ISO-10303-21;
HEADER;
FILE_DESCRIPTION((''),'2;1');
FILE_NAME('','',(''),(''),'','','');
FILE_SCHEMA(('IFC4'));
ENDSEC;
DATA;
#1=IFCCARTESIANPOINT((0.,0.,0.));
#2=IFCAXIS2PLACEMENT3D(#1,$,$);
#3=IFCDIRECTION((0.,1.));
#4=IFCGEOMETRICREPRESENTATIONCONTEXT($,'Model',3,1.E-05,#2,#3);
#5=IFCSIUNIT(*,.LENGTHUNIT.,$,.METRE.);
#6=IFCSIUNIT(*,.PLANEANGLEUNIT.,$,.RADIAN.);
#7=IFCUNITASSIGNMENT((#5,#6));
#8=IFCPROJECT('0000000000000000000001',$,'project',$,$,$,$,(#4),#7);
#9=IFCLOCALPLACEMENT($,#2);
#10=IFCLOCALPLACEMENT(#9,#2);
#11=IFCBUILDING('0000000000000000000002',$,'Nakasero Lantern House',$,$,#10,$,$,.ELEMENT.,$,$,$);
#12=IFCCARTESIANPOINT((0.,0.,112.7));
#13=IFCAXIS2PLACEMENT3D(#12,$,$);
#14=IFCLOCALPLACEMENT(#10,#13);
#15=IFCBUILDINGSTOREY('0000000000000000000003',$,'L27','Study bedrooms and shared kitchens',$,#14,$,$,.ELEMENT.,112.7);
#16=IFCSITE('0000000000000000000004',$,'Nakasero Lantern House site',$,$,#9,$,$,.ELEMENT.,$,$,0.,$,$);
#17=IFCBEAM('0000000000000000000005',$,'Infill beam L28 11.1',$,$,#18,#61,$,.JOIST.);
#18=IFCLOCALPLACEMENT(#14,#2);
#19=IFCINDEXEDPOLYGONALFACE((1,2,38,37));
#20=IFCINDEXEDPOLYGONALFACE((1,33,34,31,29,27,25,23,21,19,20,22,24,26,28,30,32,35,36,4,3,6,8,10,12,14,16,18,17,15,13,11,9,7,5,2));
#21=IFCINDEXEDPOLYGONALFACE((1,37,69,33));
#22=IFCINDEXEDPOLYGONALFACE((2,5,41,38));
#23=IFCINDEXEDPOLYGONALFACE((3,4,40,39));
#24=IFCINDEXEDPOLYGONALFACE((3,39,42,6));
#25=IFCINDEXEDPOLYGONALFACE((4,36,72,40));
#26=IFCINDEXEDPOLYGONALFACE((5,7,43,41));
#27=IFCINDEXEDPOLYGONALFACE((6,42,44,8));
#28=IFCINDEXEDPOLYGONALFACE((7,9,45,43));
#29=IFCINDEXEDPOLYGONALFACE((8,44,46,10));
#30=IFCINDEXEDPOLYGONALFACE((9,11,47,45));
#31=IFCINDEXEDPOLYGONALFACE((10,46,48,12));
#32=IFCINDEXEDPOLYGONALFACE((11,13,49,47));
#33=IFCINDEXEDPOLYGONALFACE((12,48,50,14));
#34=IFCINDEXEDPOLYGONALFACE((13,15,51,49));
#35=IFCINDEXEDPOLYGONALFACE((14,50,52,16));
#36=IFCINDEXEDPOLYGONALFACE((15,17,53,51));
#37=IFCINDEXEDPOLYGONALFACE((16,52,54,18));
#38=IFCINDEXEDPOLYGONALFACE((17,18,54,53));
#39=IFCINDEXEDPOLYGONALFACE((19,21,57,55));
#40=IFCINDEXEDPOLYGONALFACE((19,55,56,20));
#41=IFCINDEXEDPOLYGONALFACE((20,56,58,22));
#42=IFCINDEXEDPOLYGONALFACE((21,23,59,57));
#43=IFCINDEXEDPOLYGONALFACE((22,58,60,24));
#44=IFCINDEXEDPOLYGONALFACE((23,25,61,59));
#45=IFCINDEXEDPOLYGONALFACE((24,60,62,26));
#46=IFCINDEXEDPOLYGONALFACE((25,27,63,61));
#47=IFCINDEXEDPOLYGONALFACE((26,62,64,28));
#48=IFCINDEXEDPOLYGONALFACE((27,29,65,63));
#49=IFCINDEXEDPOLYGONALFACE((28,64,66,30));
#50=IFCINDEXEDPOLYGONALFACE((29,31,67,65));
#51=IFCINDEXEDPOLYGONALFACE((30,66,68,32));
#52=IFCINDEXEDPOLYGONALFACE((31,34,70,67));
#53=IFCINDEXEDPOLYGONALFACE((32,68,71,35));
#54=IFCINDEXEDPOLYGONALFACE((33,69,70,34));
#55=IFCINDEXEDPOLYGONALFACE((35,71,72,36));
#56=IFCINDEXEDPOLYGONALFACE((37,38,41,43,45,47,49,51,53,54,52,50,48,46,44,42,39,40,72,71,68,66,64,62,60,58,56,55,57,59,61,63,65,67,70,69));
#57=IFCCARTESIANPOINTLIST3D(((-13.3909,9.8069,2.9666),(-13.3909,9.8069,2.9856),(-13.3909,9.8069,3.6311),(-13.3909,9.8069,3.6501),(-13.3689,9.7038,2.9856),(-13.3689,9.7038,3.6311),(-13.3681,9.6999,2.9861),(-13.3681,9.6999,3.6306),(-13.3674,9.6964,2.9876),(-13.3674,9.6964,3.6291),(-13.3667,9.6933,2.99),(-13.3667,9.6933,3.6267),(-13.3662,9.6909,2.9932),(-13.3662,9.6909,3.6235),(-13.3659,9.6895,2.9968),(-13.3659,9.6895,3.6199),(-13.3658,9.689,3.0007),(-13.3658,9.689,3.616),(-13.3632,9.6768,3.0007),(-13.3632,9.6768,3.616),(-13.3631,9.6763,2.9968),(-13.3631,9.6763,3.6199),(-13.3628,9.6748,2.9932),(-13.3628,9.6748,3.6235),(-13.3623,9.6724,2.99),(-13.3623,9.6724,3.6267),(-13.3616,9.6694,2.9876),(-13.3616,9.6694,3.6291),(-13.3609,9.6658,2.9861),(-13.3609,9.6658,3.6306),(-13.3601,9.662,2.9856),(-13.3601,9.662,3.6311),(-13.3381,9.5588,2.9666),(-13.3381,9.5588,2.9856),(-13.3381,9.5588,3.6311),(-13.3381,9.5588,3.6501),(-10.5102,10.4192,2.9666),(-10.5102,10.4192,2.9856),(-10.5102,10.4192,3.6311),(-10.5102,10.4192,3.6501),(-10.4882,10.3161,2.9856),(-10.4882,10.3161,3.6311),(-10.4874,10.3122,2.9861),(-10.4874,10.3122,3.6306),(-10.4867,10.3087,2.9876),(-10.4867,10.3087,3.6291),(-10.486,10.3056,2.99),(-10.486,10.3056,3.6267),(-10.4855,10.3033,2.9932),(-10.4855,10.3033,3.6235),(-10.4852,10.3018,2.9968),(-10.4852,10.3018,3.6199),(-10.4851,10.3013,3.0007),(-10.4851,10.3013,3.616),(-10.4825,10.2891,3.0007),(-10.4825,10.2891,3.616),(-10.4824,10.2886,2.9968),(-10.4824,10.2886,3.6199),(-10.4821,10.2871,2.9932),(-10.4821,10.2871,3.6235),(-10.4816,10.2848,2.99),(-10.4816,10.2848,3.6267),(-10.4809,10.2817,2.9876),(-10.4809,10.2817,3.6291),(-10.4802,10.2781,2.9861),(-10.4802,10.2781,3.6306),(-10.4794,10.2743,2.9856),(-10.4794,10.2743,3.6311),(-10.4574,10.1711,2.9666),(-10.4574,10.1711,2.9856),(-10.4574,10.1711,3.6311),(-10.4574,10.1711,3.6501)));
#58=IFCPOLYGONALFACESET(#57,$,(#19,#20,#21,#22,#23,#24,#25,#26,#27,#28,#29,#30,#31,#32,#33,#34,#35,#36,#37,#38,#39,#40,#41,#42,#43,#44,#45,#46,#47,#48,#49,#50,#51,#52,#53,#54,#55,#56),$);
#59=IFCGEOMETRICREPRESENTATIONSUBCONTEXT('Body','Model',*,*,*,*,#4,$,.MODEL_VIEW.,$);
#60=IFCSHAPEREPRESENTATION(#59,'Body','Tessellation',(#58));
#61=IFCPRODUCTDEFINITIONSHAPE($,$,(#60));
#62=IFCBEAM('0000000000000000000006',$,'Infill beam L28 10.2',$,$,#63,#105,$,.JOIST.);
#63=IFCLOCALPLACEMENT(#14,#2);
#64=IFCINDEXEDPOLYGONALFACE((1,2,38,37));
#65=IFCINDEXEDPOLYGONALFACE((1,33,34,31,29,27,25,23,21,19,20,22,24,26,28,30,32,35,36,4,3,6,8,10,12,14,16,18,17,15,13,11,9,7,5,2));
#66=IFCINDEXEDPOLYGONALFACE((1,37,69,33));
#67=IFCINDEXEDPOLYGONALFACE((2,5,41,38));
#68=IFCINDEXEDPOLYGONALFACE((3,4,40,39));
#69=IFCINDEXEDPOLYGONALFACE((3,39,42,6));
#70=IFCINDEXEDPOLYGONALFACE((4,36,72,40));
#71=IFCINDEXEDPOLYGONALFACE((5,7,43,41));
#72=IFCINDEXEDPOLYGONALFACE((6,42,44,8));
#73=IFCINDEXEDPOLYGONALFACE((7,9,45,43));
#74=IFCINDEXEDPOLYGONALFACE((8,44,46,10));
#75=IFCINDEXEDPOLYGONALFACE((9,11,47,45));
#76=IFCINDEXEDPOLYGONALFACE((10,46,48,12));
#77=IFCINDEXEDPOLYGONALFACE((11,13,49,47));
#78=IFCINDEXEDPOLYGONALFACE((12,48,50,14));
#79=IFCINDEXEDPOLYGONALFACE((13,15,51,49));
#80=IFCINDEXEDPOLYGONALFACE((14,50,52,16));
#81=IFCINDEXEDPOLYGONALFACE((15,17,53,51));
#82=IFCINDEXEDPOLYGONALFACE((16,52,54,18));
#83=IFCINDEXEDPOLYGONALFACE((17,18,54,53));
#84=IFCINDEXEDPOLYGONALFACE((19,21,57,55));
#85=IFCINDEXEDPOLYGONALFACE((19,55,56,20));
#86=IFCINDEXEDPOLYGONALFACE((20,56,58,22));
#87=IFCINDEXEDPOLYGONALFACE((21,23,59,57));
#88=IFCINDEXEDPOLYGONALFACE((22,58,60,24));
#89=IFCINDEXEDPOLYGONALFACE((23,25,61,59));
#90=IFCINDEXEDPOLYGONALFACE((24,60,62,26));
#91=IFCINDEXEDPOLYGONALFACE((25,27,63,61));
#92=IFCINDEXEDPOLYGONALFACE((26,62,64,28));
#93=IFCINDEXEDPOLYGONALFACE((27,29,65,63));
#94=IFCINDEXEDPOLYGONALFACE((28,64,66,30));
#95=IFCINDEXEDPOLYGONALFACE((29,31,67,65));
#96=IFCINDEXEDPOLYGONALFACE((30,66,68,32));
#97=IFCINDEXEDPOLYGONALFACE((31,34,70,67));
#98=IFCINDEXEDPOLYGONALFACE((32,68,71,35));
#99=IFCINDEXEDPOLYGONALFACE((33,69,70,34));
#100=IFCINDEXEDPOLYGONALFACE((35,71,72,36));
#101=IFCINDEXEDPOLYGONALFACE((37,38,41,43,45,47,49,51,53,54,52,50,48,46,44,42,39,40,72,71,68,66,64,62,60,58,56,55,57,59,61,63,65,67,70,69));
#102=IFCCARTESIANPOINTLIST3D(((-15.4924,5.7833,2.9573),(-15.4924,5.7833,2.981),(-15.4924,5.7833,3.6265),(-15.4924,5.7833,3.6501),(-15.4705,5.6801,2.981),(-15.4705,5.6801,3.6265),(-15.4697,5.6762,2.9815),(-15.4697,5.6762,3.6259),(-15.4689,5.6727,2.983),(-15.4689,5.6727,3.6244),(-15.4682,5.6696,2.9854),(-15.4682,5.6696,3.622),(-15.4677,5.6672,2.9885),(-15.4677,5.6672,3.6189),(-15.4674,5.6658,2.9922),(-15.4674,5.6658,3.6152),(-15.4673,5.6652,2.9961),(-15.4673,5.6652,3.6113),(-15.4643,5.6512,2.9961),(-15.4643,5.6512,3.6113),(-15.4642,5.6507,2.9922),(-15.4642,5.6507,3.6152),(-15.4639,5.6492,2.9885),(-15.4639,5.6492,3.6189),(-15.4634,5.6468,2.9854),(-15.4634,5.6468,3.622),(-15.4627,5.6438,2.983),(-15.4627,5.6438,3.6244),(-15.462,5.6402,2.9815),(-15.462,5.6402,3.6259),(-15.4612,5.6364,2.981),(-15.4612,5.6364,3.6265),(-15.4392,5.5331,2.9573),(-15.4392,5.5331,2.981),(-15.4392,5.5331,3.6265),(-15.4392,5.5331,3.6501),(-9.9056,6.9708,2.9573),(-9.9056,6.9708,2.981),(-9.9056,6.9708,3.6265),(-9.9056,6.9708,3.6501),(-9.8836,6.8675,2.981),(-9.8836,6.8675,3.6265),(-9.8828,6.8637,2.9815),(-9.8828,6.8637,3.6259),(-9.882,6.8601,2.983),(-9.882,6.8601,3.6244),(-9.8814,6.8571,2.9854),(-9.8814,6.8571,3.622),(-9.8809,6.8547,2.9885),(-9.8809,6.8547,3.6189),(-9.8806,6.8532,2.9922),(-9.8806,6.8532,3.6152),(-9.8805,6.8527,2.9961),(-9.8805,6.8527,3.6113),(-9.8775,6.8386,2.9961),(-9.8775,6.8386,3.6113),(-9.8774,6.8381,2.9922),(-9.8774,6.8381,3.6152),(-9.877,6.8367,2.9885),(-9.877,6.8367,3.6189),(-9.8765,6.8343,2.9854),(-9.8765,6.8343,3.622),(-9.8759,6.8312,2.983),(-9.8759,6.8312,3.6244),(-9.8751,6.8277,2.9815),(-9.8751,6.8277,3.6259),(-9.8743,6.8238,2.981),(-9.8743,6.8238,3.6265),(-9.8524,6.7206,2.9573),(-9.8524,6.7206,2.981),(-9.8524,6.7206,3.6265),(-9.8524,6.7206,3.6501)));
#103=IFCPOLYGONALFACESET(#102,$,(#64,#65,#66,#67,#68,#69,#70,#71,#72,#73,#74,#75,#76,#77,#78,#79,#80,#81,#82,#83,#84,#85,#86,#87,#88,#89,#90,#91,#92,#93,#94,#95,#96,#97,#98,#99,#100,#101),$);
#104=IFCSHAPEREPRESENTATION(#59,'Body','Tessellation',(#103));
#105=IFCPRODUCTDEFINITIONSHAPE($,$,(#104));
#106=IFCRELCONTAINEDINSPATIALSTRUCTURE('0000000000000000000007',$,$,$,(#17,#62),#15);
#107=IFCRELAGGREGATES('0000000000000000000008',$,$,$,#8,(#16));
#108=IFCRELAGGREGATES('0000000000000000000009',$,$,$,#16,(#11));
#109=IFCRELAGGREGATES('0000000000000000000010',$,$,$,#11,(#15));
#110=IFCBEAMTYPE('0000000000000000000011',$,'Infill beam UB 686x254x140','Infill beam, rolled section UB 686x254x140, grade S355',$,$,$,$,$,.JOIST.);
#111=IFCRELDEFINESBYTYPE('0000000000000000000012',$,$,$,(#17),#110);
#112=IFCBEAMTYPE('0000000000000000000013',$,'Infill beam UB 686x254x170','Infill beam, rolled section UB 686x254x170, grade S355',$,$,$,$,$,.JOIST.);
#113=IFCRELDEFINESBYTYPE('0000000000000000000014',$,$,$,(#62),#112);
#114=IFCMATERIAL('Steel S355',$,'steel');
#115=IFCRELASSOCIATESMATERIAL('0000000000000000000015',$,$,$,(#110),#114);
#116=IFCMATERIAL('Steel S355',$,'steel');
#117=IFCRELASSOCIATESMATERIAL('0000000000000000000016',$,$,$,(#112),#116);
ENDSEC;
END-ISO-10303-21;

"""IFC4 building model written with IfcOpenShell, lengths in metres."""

from ifc_helpers import new_model, si_unit, direction, frame, origin, origin_2d, place, context, subcontext, project, spatial, i_section, extrude, material, material_profile, profile_set, type_object, element, save


model = new_model("IFC4")

# Units and contexts
model_context = context("Model", 3, precision=1e-05, world=origin(), true_north=direction((0.0, 1.0)))
body_context = subcontext(model_context, "Body", "Model", "MODEL_VIEW")
ifc_project = project(units=[si_unit("LENGTHUNIT", "METRE"), si_unit("PLANEANGLEUNIT", "RADIAN")], contexts=[model_context])

# Site, building, storey
site_placement = place(None, origin())
site = spatial("IfcSite", under=ifc_project, at=site_placement, Name="Nakasero Lantern House site", CompositionType="ELEMENT", RefElevation=0.0)
building_placement = place(site_placement, origin())
building = spatial("IfcBuilding", under=site, at=building_placement, Name="Nakasero Lantern House", CompositionType="ELEMENT")
storey_placement = place(building_placement, frame((0.0, 0.0, 112.7)))
storey = spatial("IfcBuildingStorey", under=building, at=storey_placement, Name="L27", Description="Study bedrooms and shared kitchens", CompositionType="ELEMENT", Elevation=112.7)

# Beams
ifc_material_1 = material(Name="Steel S355", Category="steel")
ifc_material_profile_1 = material_profile(ifc_material_1, i_section(OverallWidth=0.2537, OverallDepth=0.6836, WebThickness=0.0125, FlangeThickness=0.019, FilletRadius=0.0151, at=origin_2d()), Name="UB 686x254x140")
ifc_profile_set_1 = profile_set([ifc_material_profile_1], Name="Steel S355")
beam_type_1 = type_object("IfcBeamType", Name="Infill beam UB 686x254x140", Description="Infill beam, rolled section UB 686x254x140, grade S355", PredefinedType="JOIST", material=ifc_profile_set_1)
beam_1_placement = place(storey_placement, frame((-13.3645, 9.6829, 3.3083), z_axis=(0.978147, 0.207915, 0.0), x_axis=(-0.207915, 0.978147, 0.0)))
element("IfcBeam", 1, at=beam_1_placement, inside=storey, type_object=beam_type_1, Name="Infill beam L28 11.1", PredefinedType="JOIST", context=body_context, shape_type="SweptSolid", body=[
    extrude(i_section(OverallWidth=0.2537, OverallDepth=0.6836, WebThickness=0.0125, FlangeThickness=0.019, FilletRadius=0.0151, at=origin_2d()), origin(), (0.0, 0.0, 1.0), 2.9451),
])
ifc_material_2 = material(Name="Steel S355", Category="steel")
ifc_material_profile_2 = material_profile(ifc_material_2, i_section(OverallWidth=0.2559, OverallDepth=0.6929, WebThickness=0.0144, FlangeThickness=0.0237, FilletRadius=0.0151, at=origin_2d()), Name="UB 686x254x170")
ifc_profile_set_2 = profile_set([ifc_material_profile_2], Name="Steel S355")
beam_type_2 = type_object("IfcBeamType", Name="Infill beam UB 686x254x170", Description="Infill beam, rolled section UB 686x254x170, grade S355", PredefinedType="JOIST", material=ifc_profile_set_2)
beam_2_placement = place(storey_placement, frame((-15.4658, 5.6582, 3.3037), z_axis=(0.978149, 0.207906, 0.0), x_axis=(-0.207906, 0.978149, 0.0)))
element("IfcBeam", 2, at=beam_2_placement, inside=storey, type_object=beam_type_2, Name="Infill beam L28 10.2", PredefinedType="JOIST", context=body_context, shape_type="SweptSolid", body=[
    extrude(i_section(OverallWidth=0.2559, OverallDepth=0.6929, WebThickness=0.0144, FlangeThickness=0.0237, FilletRadius=0.0151, at=origin_2d()), origin(), (0.0, 0.0, 1.0), 5.7117),
])

save(model, "model.ifc")
